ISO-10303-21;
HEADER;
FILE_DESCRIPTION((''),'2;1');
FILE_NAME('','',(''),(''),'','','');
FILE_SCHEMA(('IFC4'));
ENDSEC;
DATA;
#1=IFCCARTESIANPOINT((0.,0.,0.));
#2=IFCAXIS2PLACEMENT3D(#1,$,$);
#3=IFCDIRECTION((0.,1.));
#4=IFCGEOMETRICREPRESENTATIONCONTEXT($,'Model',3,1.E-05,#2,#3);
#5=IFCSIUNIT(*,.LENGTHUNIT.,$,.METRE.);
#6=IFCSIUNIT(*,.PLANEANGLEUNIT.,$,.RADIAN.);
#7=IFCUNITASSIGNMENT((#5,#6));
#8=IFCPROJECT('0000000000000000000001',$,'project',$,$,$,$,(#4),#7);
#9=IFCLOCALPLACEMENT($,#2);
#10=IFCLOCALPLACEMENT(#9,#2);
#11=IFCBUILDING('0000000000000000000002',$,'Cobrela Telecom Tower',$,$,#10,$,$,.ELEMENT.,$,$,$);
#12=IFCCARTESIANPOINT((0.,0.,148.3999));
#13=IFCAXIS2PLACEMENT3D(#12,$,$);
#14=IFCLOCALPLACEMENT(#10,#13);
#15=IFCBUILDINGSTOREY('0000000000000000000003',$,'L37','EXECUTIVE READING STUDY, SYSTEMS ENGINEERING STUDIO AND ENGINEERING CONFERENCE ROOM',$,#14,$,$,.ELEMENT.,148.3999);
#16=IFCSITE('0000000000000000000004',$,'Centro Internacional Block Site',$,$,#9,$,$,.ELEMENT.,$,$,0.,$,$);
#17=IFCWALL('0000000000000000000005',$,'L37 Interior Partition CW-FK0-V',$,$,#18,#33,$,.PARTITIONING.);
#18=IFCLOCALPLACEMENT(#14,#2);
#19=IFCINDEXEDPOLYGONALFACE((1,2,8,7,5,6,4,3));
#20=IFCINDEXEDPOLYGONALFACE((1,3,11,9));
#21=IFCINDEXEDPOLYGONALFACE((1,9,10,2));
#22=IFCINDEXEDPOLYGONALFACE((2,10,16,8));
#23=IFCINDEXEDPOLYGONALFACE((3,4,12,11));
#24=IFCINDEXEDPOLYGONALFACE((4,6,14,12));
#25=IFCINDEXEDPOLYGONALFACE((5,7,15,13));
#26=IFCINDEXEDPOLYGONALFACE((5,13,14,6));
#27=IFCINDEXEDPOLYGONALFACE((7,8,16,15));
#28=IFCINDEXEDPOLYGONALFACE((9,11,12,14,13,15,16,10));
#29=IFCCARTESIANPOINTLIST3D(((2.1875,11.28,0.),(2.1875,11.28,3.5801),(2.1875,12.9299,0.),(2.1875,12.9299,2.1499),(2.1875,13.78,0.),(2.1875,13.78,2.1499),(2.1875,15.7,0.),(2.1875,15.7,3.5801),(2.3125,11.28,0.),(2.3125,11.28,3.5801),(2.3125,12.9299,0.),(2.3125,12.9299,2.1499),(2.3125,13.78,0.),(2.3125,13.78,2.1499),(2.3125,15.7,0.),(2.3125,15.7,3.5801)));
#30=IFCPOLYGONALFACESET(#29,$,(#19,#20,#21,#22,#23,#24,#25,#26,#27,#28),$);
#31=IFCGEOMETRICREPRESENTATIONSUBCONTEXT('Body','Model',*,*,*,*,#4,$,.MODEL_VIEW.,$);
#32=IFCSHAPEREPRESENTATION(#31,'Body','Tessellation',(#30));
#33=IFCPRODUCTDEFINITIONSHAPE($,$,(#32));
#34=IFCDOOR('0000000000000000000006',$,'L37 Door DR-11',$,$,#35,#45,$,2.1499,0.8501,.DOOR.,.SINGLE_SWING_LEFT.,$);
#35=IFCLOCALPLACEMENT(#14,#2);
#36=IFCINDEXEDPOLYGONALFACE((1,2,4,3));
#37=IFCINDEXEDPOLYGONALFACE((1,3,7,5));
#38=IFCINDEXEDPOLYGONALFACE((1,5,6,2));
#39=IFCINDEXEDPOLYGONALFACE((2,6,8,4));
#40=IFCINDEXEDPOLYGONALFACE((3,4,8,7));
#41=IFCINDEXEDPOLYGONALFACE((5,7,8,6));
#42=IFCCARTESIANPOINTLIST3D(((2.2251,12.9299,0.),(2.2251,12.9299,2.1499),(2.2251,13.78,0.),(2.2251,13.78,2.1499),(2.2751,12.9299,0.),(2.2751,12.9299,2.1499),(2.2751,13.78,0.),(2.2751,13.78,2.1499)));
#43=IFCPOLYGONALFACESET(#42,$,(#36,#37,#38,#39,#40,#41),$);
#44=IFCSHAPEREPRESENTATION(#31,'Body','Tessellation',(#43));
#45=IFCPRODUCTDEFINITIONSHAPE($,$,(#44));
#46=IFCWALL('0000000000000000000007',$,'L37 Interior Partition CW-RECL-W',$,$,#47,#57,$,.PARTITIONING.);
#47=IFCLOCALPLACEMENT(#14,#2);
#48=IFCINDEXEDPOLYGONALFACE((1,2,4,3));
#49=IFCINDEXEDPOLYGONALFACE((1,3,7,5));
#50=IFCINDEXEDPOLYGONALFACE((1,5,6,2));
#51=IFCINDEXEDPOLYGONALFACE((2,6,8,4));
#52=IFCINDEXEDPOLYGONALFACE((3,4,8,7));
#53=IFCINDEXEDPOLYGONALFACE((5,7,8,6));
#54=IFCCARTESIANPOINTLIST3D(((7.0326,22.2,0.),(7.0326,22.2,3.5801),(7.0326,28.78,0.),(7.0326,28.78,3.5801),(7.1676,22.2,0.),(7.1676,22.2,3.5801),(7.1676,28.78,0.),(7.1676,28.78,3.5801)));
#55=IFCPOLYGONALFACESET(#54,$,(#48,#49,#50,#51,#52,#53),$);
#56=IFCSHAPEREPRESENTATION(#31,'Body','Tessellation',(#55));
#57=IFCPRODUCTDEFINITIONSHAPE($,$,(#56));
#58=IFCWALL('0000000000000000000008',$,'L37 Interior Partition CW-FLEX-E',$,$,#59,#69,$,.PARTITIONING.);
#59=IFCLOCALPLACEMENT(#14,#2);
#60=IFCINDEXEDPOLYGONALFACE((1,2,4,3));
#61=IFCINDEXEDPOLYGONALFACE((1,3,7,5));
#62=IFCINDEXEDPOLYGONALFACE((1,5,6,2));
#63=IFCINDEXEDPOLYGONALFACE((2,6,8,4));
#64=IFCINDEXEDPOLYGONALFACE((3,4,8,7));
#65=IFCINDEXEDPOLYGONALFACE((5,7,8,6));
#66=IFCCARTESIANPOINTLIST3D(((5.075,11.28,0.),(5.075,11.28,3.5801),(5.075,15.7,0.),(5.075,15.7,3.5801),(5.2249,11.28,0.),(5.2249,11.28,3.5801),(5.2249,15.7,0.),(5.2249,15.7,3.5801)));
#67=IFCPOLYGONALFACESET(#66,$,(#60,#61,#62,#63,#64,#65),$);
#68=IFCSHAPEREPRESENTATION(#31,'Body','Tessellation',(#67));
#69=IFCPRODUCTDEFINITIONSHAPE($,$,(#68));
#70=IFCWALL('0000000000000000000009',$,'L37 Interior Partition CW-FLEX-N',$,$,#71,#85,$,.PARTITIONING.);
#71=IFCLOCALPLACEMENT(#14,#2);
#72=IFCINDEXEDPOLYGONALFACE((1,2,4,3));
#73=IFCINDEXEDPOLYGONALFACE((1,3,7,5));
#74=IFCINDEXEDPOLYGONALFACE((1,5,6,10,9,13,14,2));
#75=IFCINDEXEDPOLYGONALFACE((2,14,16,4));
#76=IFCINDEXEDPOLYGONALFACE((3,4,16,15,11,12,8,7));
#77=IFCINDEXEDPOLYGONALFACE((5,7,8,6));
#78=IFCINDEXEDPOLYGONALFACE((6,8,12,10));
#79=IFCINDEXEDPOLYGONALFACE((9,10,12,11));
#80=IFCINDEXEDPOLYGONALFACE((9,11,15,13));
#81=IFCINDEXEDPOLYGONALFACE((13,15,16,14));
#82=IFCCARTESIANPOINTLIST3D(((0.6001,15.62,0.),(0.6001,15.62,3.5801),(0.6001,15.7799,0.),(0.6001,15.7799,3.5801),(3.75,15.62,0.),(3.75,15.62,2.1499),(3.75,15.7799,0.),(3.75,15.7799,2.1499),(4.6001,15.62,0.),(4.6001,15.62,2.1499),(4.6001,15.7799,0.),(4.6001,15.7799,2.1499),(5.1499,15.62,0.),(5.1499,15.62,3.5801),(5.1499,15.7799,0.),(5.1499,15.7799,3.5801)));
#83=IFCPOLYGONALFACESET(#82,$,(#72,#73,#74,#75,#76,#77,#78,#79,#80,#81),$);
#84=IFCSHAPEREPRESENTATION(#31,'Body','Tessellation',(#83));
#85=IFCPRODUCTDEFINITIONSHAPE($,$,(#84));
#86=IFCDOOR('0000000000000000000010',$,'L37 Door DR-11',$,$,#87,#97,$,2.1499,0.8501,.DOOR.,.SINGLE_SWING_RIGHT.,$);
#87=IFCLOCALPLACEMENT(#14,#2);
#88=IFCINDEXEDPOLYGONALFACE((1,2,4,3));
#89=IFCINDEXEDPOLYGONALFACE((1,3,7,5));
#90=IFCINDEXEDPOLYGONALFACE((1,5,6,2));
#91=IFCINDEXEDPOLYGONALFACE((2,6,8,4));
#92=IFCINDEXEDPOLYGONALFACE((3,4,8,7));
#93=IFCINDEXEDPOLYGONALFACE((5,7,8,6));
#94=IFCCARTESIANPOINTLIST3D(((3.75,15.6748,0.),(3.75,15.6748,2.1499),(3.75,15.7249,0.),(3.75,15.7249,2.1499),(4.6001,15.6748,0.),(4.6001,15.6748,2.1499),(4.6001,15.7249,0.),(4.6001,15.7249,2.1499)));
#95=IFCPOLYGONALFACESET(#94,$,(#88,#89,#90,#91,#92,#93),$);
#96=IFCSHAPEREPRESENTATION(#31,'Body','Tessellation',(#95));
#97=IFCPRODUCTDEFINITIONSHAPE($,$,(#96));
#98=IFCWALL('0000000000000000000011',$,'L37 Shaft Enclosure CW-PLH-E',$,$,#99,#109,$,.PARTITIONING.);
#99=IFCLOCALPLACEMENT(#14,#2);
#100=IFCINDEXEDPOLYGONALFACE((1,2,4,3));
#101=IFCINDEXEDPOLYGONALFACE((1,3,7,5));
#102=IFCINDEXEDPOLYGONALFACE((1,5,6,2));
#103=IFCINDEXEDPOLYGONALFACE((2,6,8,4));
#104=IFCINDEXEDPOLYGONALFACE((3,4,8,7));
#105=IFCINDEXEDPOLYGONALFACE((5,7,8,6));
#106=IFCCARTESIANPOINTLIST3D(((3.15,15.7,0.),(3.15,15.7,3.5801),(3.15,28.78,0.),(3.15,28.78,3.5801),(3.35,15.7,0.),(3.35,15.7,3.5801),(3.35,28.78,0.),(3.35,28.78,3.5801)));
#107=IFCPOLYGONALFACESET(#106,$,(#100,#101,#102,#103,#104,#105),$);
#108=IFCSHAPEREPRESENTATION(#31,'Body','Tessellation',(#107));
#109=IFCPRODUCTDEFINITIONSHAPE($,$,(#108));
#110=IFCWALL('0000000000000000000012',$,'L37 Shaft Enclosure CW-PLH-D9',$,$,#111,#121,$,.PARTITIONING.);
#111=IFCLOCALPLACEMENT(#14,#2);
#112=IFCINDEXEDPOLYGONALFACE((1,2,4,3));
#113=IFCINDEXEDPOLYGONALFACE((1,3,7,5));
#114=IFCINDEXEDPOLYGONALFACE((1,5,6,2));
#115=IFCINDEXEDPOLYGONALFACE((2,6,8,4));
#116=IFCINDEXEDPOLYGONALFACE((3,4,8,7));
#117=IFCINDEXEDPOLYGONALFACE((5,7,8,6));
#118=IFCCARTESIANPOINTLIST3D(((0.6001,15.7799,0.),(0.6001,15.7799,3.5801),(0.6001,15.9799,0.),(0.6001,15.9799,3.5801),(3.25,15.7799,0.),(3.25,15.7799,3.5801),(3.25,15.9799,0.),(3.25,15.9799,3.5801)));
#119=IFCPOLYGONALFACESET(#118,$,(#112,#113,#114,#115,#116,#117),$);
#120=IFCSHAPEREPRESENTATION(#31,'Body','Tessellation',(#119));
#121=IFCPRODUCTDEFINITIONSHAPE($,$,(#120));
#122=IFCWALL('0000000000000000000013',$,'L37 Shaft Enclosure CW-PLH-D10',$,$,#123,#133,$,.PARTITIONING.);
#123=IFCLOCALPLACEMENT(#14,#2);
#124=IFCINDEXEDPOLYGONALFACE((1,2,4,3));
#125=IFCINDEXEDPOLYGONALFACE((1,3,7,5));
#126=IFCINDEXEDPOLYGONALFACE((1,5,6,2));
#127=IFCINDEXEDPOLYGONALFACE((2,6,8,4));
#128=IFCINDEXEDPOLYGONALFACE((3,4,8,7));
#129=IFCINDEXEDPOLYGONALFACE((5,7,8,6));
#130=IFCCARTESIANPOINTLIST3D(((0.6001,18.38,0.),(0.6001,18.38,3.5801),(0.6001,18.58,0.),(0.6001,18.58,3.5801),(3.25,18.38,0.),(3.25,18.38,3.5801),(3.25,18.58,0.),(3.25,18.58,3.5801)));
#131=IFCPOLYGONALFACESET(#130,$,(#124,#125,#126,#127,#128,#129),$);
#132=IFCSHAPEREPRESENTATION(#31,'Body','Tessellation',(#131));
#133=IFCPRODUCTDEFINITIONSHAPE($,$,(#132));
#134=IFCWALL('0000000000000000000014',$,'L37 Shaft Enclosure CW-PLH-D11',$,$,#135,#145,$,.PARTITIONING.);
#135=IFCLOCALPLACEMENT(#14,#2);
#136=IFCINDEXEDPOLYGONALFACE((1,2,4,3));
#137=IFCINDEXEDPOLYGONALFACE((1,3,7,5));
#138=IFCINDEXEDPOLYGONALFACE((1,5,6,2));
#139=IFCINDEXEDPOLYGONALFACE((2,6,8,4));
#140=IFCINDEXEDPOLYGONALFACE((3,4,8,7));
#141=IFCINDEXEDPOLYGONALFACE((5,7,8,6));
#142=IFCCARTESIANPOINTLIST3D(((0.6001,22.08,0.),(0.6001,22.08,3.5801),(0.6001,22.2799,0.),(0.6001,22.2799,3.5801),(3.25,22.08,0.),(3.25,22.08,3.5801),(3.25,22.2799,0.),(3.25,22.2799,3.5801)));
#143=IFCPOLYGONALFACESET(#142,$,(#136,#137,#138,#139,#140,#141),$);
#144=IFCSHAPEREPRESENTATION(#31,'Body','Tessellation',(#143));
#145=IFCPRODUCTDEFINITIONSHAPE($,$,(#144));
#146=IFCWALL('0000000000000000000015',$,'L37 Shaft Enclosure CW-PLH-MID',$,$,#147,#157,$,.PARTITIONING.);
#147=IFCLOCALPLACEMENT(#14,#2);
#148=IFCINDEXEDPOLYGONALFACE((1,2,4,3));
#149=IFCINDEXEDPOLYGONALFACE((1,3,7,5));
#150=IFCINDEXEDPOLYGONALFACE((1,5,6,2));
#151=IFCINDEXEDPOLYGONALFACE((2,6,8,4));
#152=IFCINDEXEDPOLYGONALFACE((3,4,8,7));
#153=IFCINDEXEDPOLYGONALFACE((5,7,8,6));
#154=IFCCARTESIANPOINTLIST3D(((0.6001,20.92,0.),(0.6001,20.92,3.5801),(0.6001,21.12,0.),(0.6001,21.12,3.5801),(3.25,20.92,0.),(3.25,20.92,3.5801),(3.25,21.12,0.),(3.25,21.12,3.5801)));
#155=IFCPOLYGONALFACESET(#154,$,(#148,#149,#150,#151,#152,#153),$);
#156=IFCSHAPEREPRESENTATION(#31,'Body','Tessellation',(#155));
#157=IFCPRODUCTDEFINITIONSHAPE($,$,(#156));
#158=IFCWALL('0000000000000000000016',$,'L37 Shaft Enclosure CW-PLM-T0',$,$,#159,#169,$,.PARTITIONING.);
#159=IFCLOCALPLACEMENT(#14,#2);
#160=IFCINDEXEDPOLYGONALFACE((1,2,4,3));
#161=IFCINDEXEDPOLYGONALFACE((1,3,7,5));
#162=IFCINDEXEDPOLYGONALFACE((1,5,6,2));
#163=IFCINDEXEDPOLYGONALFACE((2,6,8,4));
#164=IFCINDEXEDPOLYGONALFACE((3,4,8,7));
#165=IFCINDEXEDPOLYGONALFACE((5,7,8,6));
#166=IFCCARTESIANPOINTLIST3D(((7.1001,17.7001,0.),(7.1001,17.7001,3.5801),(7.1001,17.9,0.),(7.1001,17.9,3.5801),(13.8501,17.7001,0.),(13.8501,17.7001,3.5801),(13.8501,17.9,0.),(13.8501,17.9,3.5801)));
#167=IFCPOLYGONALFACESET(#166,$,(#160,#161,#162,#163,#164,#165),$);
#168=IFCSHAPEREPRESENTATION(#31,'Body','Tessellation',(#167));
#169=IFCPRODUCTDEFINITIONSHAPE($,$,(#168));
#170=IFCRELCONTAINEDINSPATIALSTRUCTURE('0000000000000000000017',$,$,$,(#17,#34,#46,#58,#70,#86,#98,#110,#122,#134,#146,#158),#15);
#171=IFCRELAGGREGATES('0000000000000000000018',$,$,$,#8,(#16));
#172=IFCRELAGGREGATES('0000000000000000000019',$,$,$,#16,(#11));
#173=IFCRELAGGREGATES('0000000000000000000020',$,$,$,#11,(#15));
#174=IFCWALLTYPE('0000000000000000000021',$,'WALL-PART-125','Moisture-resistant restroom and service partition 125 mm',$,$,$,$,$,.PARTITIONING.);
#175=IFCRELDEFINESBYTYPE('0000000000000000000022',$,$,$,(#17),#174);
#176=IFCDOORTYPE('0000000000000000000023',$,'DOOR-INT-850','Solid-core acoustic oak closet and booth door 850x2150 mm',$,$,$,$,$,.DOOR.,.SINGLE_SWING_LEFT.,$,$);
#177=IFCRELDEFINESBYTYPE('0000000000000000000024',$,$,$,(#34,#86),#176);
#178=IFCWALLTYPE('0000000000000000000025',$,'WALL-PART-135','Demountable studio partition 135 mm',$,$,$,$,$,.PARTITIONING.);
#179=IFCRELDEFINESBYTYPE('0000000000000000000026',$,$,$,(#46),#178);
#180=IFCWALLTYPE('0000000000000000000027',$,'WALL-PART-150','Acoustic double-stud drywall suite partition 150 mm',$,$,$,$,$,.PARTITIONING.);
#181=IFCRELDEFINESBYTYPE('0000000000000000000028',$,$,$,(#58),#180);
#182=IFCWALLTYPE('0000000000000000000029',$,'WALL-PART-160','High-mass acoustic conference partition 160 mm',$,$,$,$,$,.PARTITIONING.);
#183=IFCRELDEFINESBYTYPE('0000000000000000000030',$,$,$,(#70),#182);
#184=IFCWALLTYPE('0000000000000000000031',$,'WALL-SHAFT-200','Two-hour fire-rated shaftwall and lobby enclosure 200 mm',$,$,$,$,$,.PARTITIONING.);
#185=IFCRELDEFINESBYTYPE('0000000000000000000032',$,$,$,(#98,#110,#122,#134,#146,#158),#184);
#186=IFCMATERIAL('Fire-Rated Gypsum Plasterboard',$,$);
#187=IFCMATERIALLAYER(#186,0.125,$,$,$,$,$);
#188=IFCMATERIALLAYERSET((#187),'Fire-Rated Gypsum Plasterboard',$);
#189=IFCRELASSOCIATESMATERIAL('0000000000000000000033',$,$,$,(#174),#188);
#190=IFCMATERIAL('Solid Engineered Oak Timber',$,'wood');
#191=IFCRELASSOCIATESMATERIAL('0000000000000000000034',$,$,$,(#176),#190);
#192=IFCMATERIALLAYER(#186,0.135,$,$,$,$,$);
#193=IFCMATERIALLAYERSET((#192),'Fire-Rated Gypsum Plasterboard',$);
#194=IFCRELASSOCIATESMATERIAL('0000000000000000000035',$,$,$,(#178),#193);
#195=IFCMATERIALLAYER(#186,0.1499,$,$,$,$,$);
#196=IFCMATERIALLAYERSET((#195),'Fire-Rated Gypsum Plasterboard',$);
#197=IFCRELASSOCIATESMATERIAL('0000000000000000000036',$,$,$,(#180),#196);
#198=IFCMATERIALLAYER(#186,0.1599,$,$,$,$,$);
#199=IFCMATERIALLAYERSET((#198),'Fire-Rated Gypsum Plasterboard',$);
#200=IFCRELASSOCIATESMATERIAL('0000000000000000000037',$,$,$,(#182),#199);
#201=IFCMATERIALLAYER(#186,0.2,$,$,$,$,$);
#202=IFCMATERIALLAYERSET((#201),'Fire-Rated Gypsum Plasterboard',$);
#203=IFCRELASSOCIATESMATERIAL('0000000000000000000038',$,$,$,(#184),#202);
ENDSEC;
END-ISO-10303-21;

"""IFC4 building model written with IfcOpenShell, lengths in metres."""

from ifc_helpers import new_model, si_unit, direction, frame, frame_2d, origin, place, context, subcontext, project, spatial, rectangle, extrude, material, layer, layer_set, type_object, element, fill, save


model = new_model("IFC4")

# Units and contexts
model_context = context("Model", 3, precision=1e-05, world=origin(), true_north=direction((0.0, 1.0)))
body_context = subcontext(model_context, "Body", "Model", "MODEL_VIEW")
ifc_project = project(units=[si_unit("LENGTHUNIT", "METRE"), si_unit("PLANEANGLEUNIT", "RADIAN")], contexts=[model_context])

# Site, building, storey
site_placement = place(None, origin())
site = spatial("IfcSite", under=ifc_project, at=site_placement, Name="Centro Internacional Block Site", CompositionType="ELEMENT", RefElevation=0.0)
building_placement = place(site_placement, origin())
building = spatial("IfcBuilding", under=site, at=building_placement, Name="Cobrela Telecom Tower", CompositionType="ELEMENT")
storey_placement = place(building_placement, frame((0.0, 0.0, 148.3999)))
storey = spatial("IfcBuildingStorey", under=building, at=storey_placement, Name="L37", Description="EXECUTIVE READING STUDY, SYSTEMS ENGINEERING STUDIO AND ENGINEERING CONFERENCE ROOM", CompositionType="ELEMENT", Elevation=148.3999)

# Wall, opening, door
ifc_material_1 = material(Name="Fire-Rated Gypsum Plasterboard")
ifc_layer_1 = layer(ifc_material_1, 0.125)
ifc_layer_set_1 = layer_set([ifc_layer_1], Name="Fire-Rated Gypsum Plasterboard")
wall_type_1 = type_object("IfcWallType", Name="WALL-PART-125", Description="Moisture-resistant restroom and service partition 125 mm", PredefinedType="PARTITIONING", material=ifc_layer_set_1)
wall_1_placement = place(storey_placement, frame((2.25, 11.28, 0.0), z_axis=(0.0, 0.0, 1.0), x_axis=(0.0, 1.0, 0.0)))
wall_1 = element("IfcWall", 1, at=wall_1_placement, inside=storey, type_object=wall_type_1, Name="L37 Interior Partition CW-FK0-V", PredefinedType="PARTITIONING", context=body_context, shape_type="SweptSolid", body=[
    extrude(rectangle(XDim=4.4199, YDim=0.125, at=frame_2d((2.21, 0.0))), origin(), (0.0, 0.0, 1.0), 3.5801),
])
opening_1_placement = place(wall_1_placement, frame((1.6499, 0.0, 0.0)))
opening_1 = element("IfcOpeningElement", 2, at=opening_1_placement, cuts=wall_1, PredefinedType="OPENING", context=body_context, shape_type="SweptSolid", body=[
    extrude(rectangle(XDim=0.8501, YDim=2.1499, at=frame_2d((0.425, 1.075))), frame((0.0, 0.0745, 0.0), z_axis=(0.0, -1.0, 0.0), x_axis=(1.0, 0.0, 0.0)), (0.0, 0.0, 1.0), 0.1489),
])
ifc_material_2 = material(Name="Solid Engineered Oak Timber", Category="wood")
door_type_1 = type_object("IfcDoorType", Name="DOOR-INT-850", Description="Solid-core acoustic oak closet and booth door 850x2150 mm", OperationType="SINGLE_SWING_LEFT", PredefinedType="DOOR", material=ifc_material_2)
door_1_placement = place(opening_1_placement, origin())
door_1 = element("IfcDoor", 3, at=door_1_placement, inside=storey, type_object=door_type_1, Name="L37 Door DR-11", OperationType="SINGLE_SWING_LEFT", OverallHeight=2.1499, OverallWidth=0.8501, PredefinedType="DOOR", context=body_context, shape_type="SweptSolid", body=[
    extrude(rectangle(XDim=0.8501, YDim=2.1499, at=frame_2d((0.425, 1.075))), frame((0.0, 0.0249, 0.0), z_axis=(0.0, -1.0, 0.0), x_axis=(1.0, 0.0, 0.0)), (0.0, 0.0, 1.0), 0.05),
])
fill(opening_1, door_1)

# Walls
ifc_layer_2 = layer(ifc_material_1, 0.135)
ifc_layer_set_2 = layer_set([ifc_layer_2], Name="Fire-Rated Gypsum Plasterboard")
wall_type_2 = type_object("IfcWallType", Name="WALL-PART-135", Description="Demountable studio partition 135 mm", PredefinedType="PARTITIONING", material=ifc_layer_set_2)
wall_2_placement = place(storey_placement, frame((7.1001, 22.2, 0.0), z_axis=(0.0, 0.0, 1.0), x_axis=(0.0, 1.0, 0.0)))
element("IfcWall", 4, at=wall_2_placement, inside=storey, type_object=wall_type_2, Name="L37 Interior Partition CW-RECL-W", PredefinedType="PARTITIONING", context=body_context, shape_type="SweptSolid", body=[
    extrude(rectangle(XDim=6.5801, YDim=0.135, at=frame_2d((3.29, 0.0))), origin(), (0.0, 0.0, 1.0), 3.5801),
])
ifc_layer_3 = layer(ifc_material_1, 0.1499)
ifc_layer_set_3 = layer_set([ifc_layer_3], Name="Fire-Rated Gypsum Plasterboard")
wall_type_3 = type_object("IfcWallType", Name="WALL-PART-150", Description="Acoustic double-stud drywall suite partition 150 mm", PredefinedType="PARTITIONING", material=ifc_layer_set_3)
wall_3_placement = place(storey_placement, frame((5.1499, 11.28, 0.0), z_axis=(0.0, 0.0, 1.0), x_axis=(0.0, 1.0, 0.0)))
element("IfcWall", 5, at=wall_3_placement, inside=storey, type_object=wall_type_3, Name="L37 Interior Partition CW-FLEX-E", PredefinedType="PARTITIONING", context=body_context, shape_type="SweptSolid", body=[
    extrude(rectangle(XDim=4.4199, YDim=0.1499, at=frame_2d((2.21, 0.0))), origin(), (0.0, 0.0, 1.0), 3.5801),
])

# Wall, opening, door
ifc_layer_4 = layer(ifc_material_1, 0.1599)
ifc_layer_set_4 = layer_set([ifc_layer_4], Name="Fire-Rated Gypsum Plasterboard")
wall_type_4 = type_object("IfcWallType", Name="WALL-PART-160", Description="High-mass acoustic conference partition 160 mm", PredefinedType="PARTITIONING", material=ifc_layer_set_4)
wall_4_placement = place(storey_placement, frame((0.6001, 15.7, 0.0), z_axis=(0.0, 0.0, 1.0), x_axis=(1.0, 0.0, 0.0)))
wall_4 = element("IfcWall", 6, at=wall_4_placement, inside=storey, type_object=wall_type_4, Name="L37 Interior Partition CW-FLEX-N", PredefinedType="PARTITIONING", context=body_context, shape_type="SweptSolid", body=[
    extrude(rectangle(XDim=4.5498, YDim=0.1599, at=frame_2d((2.2749, 0.0))), origin(), (0.0, 0.0, 1.0), 3.5801),
])
opening_2_placement = place(wall_4_placement, frame((3.1499, 0.0, 0.0)))
opening_2 = element("IfcOpeningElement", 7, at=opening_2_placement, cuts=wall_4, PredefinedType="OPENING", context=body_context, shape_type="SweptSolid", body=[
    extrude(rectangle(XDim=0.8501, YDim=2.1499, at=frame_2d((0.425, 1.075))), frame((0.0, 0.0918, 0.0), z_axis=(0.0, -1.0, 0.0), x_axis=(1.0, 0.0, 0.0)), (0.0, 0.0, 1.0), 0.1838),
])
door_2_placement = place(opening_2_placement, origin())
door_2 = element("IfcDoor", 8, at=door_2_placement, inside=storey, type_object=door_type_1, Name="L37 Door DR-11", OperationType="SINGLE_SWING_RIGHT", OverallHeight=2.1499, OverallWidth=0.8501, PredefinedType="DOOR", context=body_context, shape_type="SweptSolid", body=[
    extrude(rectangle(XDim=0.8501, YDim=2.1499, at=frame_2d((0.425, 1.075))), frame((0.0, 0.0249, 0.0), z_axis=(0.0, -1.0, 0.0), x_axis=(1.0, 0.0, 0.0)), (0.0, 0.0, 1.0), 0.05),
])
fill(opening_2, door_2)

# Walls
ifc_layer_5 = layer(ifc_material_1, 0.2)
ifc_layer_set_5 = layer_set([ifc_layer_5], Name="Fire-Rated Gypsum Plasterboard")
wall_type_5 = type_object("IfcWallType", Name="WALL-SHAFT-200", Description="Two-hour fire-rated shaftwall and lobby enclosure 200 mm", PredefinedType="PARTITIONING", material=ifc_layer_set_5)
wall_5_placement = place(storey_placement, frame((3.25, 15.7, 0.0), z_axis=(0.0, 0.0, 1.0), x_axis=(0.0, 1.0, 0.0)))
element("IfcWall", 9, at=wall_5_placement, inside=storey, type_object=wall_type_5, Name="L37 Shaft Enclosure CW-PLH-E", PredefinedType="PARTITIONING", context=body_context, shape_type="SweptSolid", body=[
    extrude(rectangle(XDim=13.0801, YDim=0.2, at=frame_2d((6.54, 0.0))), origin(), (0.0, 0.0, 1.0), 3.5801),
])
for number, where, z_axis, x_axis, name in (
    (10, (0.6001, 15.8799, 0.0), (0.0, 0.0, 1.0), (1.0, 0.0, 0.0), "L37 Shaft Enclosure CW-PLH-D9"),
    (11, (0.6001, 18.48, 0.0), (0.0, 0.0, 1.0), (1.0, 0.0, 0.0), "L37 Shaft Enclosure CW-PLH-D10"),
    (12, (0.6001, 22.1799, 0.0), (0.0, 0.0, 1.0), (1.0, 0.0, 0.0), "L37 Shaft Enclosure CW-PLH-D11"),
    (13, (0.6001, 21.02, 0.0), (0.0, 0.0, 1.0), (1.0, 0.0, 0.0), "L37 Shaft Enclosure CW-PLH-MID"),
):
    element("IfcWall", number, at=place(storey_placement, frame(where, z_axis=z_axis, x_axis=x_axis)), inside=storey, type_object=wall_type_5, Name=name, PredefinedType="PARTITIONING", context=body_context, shape_type="SweptSolid", body=[
        extrude(rectangle(XDim=2.6499, YDim=0.2, at=frame_2d((1.325, 0.0))), origin(), (0.0, 0.0, 1.0), 3.5801),
    ])
wall_6_placement = place(storey_placement, frame((7.1001, 17.8, 0.0), z_axis=(0.0, 0.0, 1.0), x_axis=(1.0, 0.0, 0.0)))
element("IfcWall", 14, at=wall_6_placement, inside=storey, type_object=wall_type_5, Name="L37 Shaft Enclosure CW-PLM-T0", PredefinedType="PARTITIONING", context=body_context, shape_type="SweptSolid", body=[
    extrude(rectangle(XDim=6.75, YDim=0.2, at=frame_2d((3.375, 0.0))), origin(), (0.0, 0.0, 1.0), 3.5801),
])

save(model, "model.ifc")
